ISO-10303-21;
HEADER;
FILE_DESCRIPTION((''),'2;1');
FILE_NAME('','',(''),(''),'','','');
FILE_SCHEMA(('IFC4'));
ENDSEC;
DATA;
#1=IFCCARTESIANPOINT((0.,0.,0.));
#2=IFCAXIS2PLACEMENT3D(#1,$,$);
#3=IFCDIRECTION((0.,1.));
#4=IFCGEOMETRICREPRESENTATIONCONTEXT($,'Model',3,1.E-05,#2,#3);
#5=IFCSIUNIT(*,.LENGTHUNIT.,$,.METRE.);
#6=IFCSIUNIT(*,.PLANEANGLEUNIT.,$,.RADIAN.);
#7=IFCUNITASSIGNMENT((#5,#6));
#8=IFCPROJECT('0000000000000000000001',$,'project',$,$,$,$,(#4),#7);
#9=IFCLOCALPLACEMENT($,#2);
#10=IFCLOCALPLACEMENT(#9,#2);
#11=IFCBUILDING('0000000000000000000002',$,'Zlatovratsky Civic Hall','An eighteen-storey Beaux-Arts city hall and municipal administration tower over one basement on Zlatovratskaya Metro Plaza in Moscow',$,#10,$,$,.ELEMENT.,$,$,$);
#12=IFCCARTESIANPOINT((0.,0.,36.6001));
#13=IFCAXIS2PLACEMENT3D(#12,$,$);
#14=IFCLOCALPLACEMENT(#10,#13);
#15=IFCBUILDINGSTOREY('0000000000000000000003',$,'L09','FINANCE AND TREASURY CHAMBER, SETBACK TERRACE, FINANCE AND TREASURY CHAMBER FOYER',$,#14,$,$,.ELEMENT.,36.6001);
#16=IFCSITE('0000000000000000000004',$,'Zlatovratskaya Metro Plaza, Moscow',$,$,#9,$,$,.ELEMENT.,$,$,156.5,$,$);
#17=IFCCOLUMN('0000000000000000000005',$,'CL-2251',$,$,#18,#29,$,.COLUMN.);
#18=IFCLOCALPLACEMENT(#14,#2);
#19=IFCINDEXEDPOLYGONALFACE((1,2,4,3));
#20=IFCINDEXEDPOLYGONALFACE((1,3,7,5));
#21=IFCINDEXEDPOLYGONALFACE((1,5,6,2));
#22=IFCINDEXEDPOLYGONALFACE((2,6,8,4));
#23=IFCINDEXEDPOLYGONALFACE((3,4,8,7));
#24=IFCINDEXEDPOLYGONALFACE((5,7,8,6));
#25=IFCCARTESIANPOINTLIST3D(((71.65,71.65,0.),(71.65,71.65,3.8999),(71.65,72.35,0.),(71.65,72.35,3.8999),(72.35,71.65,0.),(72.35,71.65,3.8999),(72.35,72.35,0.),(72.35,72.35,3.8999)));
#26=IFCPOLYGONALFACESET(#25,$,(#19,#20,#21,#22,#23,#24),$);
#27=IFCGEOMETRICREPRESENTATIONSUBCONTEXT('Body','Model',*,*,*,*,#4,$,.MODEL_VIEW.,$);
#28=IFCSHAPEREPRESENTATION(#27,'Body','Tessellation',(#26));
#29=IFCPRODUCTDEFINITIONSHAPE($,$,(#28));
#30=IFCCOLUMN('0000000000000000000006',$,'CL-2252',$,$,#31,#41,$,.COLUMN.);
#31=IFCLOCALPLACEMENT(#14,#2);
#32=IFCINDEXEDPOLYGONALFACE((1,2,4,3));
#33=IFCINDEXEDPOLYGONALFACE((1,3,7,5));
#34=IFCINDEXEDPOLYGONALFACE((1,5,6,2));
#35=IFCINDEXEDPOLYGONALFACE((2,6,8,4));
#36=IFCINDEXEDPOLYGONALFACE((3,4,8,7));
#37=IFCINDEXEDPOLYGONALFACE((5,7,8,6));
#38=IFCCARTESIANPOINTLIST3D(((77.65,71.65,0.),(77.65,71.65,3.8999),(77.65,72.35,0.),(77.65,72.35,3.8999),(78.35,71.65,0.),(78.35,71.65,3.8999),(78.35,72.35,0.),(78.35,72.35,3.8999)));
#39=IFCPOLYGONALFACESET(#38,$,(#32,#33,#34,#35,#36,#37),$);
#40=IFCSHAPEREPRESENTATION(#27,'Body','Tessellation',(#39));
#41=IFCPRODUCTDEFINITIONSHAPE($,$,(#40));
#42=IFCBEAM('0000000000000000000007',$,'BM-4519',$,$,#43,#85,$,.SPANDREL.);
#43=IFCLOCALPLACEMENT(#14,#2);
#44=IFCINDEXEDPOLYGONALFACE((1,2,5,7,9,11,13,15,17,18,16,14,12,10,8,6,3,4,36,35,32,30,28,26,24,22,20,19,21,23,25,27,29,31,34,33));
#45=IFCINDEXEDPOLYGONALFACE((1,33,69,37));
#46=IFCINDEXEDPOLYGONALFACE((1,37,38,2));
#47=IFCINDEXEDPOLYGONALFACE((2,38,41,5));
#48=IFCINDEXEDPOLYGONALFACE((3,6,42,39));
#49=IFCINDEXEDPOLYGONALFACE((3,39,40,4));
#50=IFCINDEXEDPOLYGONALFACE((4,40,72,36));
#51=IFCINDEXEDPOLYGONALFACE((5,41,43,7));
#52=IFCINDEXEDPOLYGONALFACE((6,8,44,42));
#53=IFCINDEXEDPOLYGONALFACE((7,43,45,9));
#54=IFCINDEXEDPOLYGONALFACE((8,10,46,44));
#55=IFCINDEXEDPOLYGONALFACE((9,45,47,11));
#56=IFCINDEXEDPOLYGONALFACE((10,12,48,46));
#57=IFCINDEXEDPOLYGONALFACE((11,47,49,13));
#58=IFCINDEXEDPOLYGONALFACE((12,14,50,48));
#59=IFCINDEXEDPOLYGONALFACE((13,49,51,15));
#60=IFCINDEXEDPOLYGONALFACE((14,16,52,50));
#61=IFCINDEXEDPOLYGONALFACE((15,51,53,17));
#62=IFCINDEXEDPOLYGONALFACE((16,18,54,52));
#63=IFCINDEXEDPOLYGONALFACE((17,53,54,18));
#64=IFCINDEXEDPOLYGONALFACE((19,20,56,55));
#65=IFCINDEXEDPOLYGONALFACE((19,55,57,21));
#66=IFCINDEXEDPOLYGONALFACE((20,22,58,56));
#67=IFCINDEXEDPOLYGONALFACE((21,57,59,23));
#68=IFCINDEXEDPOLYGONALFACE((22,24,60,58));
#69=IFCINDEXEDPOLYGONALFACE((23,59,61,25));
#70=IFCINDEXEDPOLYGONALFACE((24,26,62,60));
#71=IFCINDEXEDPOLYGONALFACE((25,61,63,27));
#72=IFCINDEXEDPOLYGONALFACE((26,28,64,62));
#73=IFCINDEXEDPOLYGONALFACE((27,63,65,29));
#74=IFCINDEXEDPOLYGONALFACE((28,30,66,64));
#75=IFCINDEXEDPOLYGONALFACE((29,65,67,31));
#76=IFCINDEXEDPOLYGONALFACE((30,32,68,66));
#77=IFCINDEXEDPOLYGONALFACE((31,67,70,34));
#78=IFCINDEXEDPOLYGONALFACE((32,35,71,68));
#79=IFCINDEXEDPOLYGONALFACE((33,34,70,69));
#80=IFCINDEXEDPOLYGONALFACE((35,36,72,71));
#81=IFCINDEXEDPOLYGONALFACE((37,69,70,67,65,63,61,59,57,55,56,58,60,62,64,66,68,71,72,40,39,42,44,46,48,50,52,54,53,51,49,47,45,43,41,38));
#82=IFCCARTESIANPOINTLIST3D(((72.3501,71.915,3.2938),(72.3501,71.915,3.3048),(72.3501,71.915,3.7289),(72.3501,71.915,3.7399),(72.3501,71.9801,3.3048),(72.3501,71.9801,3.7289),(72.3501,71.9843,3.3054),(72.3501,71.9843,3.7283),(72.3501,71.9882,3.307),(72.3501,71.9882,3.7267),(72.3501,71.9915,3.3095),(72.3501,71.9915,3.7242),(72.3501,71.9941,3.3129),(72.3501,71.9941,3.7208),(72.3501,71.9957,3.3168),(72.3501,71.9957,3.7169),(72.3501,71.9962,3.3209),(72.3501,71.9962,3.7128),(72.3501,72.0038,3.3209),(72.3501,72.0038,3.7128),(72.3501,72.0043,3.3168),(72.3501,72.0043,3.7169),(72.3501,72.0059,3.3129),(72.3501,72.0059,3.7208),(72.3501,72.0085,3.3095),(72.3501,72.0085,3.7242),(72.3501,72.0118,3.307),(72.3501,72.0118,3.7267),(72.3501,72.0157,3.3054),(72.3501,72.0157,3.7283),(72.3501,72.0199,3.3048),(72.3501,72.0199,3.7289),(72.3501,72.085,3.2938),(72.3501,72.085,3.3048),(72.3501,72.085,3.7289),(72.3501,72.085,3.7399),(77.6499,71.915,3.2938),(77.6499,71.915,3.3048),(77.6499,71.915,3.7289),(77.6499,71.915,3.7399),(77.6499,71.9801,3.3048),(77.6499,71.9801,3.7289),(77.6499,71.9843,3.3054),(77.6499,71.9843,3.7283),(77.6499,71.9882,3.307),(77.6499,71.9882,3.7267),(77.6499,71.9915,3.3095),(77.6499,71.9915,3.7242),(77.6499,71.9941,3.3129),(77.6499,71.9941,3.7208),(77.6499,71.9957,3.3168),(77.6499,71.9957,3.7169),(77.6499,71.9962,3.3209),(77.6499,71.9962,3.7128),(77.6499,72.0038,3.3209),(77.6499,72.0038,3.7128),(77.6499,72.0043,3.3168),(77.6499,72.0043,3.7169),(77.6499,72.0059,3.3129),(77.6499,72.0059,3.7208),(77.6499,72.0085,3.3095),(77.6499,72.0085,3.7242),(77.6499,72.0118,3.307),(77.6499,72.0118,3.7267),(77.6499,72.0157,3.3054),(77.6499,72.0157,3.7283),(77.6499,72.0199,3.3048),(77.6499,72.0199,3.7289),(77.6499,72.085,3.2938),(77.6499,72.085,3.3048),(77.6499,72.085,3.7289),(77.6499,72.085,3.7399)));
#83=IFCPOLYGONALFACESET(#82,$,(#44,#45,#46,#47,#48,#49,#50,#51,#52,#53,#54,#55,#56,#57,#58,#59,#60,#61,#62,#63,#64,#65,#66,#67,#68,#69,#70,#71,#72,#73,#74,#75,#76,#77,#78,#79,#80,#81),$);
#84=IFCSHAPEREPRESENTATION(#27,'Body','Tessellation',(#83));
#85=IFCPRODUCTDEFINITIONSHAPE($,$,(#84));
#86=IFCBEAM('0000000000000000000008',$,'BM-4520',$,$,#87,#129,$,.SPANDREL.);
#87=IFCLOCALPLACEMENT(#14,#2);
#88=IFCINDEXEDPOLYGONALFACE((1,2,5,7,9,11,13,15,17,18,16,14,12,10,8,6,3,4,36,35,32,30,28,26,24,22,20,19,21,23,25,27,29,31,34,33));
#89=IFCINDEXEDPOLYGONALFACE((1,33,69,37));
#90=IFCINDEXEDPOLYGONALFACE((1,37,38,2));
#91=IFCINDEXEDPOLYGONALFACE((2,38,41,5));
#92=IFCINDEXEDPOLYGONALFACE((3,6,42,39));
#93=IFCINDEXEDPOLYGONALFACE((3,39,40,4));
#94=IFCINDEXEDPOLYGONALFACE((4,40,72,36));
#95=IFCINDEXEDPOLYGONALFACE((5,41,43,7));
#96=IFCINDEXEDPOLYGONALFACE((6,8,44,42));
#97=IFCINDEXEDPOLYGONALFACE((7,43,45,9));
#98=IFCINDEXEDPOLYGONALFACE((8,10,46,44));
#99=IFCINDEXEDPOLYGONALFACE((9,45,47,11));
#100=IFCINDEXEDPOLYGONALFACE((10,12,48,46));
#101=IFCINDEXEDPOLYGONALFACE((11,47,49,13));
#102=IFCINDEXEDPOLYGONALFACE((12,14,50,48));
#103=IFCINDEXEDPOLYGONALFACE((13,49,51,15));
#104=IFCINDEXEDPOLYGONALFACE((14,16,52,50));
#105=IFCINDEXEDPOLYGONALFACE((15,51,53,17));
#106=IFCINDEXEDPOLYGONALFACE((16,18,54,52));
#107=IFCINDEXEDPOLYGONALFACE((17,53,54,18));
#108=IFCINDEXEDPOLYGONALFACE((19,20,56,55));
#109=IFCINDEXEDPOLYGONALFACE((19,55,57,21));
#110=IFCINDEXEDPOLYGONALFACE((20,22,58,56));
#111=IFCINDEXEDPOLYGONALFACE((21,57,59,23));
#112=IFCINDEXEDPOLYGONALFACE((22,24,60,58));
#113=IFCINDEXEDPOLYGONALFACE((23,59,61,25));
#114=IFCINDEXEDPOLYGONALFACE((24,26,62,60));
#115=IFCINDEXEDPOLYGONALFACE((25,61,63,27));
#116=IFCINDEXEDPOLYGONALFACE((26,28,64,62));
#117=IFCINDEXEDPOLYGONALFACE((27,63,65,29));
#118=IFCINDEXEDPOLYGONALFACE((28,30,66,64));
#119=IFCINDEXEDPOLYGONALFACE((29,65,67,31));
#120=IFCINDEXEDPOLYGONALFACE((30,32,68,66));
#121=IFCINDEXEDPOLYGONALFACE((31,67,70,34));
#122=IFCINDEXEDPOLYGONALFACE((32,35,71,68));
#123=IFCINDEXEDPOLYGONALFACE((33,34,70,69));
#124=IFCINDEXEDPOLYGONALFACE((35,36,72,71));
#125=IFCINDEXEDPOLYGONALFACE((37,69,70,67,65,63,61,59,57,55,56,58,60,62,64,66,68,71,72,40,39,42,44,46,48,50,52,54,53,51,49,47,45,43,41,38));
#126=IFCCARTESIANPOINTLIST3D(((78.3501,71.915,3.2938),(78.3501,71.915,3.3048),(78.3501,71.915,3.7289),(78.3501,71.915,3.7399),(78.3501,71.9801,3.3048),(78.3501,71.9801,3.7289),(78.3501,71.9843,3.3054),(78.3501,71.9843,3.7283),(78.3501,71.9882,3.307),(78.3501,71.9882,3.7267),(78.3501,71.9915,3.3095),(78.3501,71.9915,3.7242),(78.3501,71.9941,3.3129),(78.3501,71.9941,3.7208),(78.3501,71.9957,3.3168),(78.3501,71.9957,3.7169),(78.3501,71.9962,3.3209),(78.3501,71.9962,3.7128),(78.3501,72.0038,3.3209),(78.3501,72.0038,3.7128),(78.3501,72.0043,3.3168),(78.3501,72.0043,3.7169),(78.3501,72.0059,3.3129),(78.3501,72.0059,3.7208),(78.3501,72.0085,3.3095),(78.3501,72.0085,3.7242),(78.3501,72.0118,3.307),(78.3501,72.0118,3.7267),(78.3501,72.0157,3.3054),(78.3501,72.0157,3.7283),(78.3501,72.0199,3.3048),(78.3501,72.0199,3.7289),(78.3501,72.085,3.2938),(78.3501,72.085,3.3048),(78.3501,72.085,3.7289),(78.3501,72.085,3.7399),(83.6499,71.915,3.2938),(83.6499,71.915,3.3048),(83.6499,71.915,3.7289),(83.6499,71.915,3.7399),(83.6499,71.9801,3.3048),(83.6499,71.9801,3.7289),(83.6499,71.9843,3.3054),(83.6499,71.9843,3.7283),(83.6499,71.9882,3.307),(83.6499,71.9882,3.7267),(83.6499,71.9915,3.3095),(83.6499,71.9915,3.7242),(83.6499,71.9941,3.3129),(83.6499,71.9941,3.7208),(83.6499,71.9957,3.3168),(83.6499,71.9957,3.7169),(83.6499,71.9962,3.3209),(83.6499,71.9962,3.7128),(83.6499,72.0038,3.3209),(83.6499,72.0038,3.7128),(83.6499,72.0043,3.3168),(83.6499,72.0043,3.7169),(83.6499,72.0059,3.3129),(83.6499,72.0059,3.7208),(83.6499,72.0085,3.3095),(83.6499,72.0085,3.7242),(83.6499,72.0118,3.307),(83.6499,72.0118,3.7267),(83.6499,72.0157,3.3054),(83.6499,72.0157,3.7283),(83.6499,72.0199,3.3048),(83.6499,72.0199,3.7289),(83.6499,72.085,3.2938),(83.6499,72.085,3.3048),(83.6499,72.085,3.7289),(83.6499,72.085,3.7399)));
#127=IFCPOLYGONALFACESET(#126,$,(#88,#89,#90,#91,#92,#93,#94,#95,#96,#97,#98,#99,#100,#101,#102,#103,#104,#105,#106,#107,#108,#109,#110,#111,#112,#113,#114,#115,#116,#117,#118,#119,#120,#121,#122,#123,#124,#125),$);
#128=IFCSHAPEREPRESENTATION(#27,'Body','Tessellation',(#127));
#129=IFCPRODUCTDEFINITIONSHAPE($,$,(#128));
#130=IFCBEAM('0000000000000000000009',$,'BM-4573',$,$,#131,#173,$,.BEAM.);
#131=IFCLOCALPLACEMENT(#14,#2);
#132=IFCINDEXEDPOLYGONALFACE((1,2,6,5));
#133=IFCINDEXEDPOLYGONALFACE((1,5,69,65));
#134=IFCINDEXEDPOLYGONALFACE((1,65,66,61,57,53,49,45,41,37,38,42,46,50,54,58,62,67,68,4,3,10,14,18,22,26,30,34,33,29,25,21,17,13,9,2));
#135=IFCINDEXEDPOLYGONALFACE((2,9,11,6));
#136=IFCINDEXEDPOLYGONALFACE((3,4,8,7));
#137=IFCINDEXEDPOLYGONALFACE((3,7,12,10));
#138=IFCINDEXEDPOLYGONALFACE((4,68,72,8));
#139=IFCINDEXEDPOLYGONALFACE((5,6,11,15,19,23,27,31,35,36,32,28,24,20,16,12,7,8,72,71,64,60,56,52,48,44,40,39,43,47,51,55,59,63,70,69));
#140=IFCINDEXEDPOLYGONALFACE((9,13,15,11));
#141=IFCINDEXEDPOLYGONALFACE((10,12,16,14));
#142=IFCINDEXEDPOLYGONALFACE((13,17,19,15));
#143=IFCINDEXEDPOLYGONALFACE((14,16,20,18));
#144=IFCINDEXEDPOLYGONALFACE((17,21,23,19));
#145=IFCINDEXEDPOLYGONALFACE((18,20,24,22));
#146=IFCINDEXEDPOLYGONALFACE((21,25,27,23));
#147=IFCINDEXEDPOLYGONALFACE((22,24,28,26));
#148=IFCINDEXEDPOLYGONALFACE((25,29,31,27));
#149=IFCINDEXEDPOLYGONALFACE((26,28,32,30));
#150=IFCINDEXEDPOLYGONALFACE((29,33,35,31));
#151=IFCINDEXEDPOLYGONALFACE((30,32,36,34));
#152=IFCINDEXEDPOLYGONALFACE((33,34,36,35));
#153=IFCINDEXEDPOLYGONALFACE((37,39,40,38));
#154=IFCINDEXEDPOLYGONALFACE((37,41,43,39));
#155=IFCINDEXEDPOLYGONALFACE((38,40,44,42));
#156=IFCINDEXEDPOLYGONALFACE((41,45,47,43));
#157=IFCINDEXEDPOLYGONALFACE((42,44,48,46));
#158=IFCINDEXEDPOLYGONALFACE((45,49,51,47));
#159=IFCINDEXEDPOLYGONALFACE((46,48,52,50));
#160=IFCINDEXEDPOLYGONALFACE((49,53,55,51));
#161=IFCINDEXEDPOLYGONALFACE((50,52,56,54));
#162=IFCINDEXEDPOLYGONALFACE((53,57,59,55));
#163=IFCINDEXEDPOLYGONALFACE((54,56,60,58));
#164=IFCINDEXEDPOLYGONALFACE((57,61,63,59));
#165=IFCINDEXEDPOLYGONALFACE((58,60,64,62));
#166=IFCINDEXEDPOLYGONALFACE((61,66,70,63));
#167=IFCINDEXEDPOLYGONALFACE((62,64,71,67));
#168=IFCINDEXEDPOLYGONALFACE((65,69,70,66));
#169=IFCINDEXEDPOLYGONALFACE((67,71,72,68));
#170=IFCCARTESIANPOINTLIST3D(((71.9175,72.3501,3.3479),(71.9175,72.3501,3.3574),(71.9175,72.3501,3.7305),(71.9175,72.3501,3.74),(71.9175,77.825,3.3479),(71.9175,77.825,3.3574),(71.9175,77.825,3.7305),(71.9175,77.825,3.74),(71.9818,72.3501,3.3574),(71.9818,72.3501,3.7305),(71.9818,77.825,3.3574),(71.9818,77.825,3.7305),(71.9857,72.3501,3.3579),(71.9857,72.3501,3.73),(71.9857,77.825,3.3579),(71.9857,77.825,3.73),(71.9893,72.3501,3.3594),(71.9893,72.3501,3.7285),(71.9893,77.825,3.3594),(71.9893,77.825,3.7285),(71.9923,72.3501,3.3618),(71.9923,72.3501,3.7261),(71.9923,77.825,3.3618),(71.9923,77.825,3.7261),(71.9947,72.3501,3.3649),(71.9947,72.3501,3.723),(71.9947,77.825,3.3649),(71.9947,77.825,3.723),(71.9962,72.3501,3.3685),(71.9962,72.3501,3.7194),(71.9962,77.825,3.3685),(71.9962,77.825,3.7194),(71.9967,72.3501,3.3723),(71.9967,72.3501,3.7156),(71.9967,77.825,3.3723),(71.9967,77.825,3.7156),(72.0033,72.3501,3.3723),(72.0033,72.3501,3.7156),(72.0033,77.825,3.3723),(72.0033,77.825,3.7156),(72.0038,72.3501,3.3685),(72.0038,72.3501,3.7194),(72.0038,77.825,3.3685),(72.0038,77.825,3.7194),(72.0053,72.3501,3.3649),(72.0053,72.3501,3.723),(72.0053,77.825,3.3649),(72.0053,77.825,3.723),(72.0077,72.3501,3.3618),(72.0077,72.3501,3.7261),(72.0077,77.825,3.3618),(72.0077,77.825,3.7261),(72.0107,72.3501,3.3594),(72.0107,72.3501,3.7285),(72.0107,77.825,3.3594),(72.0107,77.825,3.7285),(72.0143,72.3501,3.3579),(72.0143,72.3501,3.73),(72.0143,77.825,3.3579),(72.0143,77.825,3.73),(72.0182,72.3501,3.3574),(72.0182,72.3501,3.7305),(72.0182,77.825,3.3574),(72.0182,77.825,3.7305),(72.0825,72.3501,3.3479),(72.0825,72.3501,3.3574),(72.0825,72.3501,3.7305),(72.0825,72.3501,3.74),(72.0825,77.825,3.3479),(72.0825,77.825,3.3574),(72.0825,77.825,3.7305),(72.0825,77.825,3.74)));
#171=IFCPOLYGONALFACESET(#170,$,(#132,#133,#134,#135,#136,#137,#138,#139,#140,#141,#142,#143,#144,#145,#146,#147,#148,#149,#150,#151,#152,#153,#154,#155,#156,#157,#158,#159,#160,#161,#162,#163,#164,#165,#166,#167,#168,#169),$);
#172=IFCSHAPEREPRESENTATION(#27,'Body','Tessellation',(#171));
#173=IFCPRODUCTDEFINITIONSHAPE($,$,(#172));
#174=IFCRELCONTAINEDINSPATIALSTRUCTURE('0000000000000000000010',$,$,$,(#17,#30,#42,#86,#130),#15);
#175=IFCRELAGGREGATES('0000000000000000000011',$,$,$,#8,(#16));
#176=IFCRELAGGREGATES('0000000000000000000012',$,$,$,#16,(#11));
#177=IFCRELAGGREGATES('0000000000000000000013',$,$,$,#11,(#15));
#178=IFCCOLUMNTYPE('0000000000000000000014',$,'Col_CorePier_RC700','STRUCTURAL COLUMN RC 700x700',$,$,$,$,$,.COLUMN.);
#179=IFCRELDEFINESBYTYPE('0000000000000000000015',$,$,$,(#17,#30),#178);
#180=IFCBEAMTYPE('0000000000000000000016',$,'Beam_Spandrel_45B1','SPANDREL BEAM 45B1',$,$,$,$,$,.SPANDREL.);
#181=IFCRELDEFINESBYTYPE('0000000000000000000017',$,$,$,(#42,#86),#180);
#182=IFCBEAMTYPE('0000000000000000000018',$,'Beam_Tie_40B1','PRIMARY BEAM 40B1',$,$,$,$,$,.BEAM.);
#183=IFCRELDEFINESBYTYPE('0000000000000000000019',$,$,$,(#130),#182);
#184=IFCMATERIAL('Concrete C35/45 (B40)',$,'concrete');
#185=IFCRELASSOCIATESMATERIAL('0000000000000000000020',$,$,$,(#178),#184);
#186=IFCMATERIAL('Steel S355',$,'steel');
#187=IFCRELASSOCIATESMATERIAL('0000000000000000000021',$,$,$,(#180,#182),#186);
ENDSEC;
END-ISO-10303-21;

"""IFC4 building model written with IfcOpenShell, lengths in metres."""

from ifc_helpers import new_model, si_unit, direction, frame, origin, origin_2d, place, context, subcontext, project, spatial, rectangle, i_section, extrude, material, material_profile, profile_set, type_object, element, save


model = new_model("IFC4")

# Units and contexts
model_context = context("Model", 3, precision=1e-05, world=origin(), true_north=direction((0.0, 1.0)))
body_context = subcontext(model_context, "Body", "Model", "MODEL_VIEW")
ifc_project = project(units=[si_unit("LENGTHUNIT", "METRE"), si_unit("PLANEANGLEUNIT", "RADIAN")], contexts=[model_context])

# Site, building, storey
site_placement = place(None, origin())
site = spatial("IfcSite", under=ifc_project, at=site_placement, Name="Zlatovratskaya Metro Plaza, Moscow", CompositionType="ELEMENT", RefElevation=156.5)
building_placement = place(site_placement, origin())
building = spatial("IfcBuilding", under=site, at=building_placement, Name="Zlatovratsky Civic Hall", Description="An eighteen-storey Beaux-Arts city hall and municipal administration tower over one basement on Zlatovratskaya Metro Plaza in Moscow", CompositionType="ELEMENT")
storey_placement = place(building_placement, frame((0.0, 0.0, 36.6001)))
storey = spatial("IfcBuildingStorey", under=building, at=storey_placement, Name="L09", Description="FINANCE AND TREASURY CHAMBER, SETBACK TERRACE, FINANCE AND TREASURY CHAMBER FOYER", CompositionType="ELEMENT", Elevation=36.6001)

# Columns
ifc_material_1 = material(Name="Concrete C35/45 (B40)", Category="concrete")
ifc_material_profile_1 = material_profile(ifc_material_1, rectangle(XDim=0.7, YDim=0.7, at=origin_2d()), Name="RC 700x700")
ifc_profile_set_1 = profile_set([ifc_material_profile_1], Name="Concrete C35/45 (B40)")
column_type = type_object("IfcColumnType", Name="Col_CorePier_RC700", Description="STRUCTURAL COLUMN RC 700x700", PredefinedType="COLUMN", material=ifc_profile_set_1)
for number, where, z_axis, x_axis, name in (
    (1, (72.0, 72.0, 0.0), (0.0, 0.0, 1.0), (1.0, 0.0, 0.0), "CL-2251"),
    (2, (78.0, 72.0, 0.0), (0.0, 0.0, 1.0), (1.0, 0.0, 0.0), "CL-2252"),
):
    element("IfcColumn", number, at=place(storey_placement, frame(where, z_axis=z_axis, x_axis=x_axis)), inside=storey, type_object=column_type, Name=name, PredefinedType="COLUMN", context=body_context, shape_type="SweptSolid", body=[
        extrude(rectangle(XDim=0.7, YDim=0.7, at=origin_2d()), origin(), (0.0, 0.0, 1.0), 3.8999),
    ])

# Beams
ifc_material_2 = material(Name="Steel S355", Category="steel")
ifc_material_profile_2 = material_profile(ifc_material_2, i_section(OverallWidth=0.1699, OverallDepth=0.446, WebThickness=0.0076, FlangeThickness=0.011, FilletRadius=0.0161, at=origin_2d()), Name="45B1")
ifc_profile_set_2 = profile_set([ifc_material_profile_2], Name="Steel S355")
beam_type_1 = type_object("IfcBeamType", Name="Beam_Spandrel_45B1", Description="SPANDREL BEAM 45B1", PredefinedType="SPANDREL", material=ifc_profile_set_2)
for number, where, z_axis, x_axis, name in (
    (3, (72.3501, 72.0, 3.5168), (1.0, 0.0, 0.0), (0.0, 1.0, 0.0), "BM-4519"),
    (4, (78.3501, 72.0, 3.5168), (1.0, 0.0, 0.0), (0.0, 1.0, 0.0), "BM-4520"),
):
    element("IfcBeam", number, at=place(storey_placement, frame(where, z_axis=z_axis, x_axis=x_axis)), inside=storey, type_object=beam_type_1, Name=name, PredefinedType="SPANDREL", context=body_context, shape_type="SweptSolid", body=[
        extrude(i_section(OverallWidth=0.1699, OverallDepth=0.446, WebThickness=0.0076, FlangeThickness=0.011, FilletRadius=0.0161, at=origin_2d()), origin(), (0.0, 0.0, 1.0), 5.2998),
    ])
ifc_material_profile_3 = material_profile(ifc_material_2, i_section(OverallWidth=0.165, OverallDepth=0.3921, WebThickness=0.0066, FlangeThickness=0.0095, FilletRadius=0.0149, at=origin_2d()), Name="40B1")
ifc_profile_set_3 = profile_set([ifc_material_profile_3], Name="Steel S355")
beam_type_2 = type_object("IfcBeamType", Name="Beam_Tie_40B1", Description="PRIMARY BEAM 40B1", PredefinedType="BEAM", material=ifc_profile_set_3)
for number, where, z_axis, x_axis, name in (
    (5, (72.0, 72.3501, 3.5439), (0.0, 1.0, 0.0), (-1.0, 0.0, 0.0), "BM-4573"),
):
    element("IfcBeam", number, at=place(storey_placement, frame(where, z_axis=z_axis, x_axis=x_axis)), inside=storey, type_object=beam_type_2, Name=name, PredefinedType="BEAM", context=body_context, shape_type="SweptSolid", body=[
        extrude(i_section(OverallWidth=0.165, OverallDepth=0.3921, WebThickness=0.0066, FlangeThickness=0.0095, FilletRadius=0.0149, at=origin_2d()), origin(), (0.0, 0.0, 1.0), 5.4749),
    ])

save(model, "model.ifc")
